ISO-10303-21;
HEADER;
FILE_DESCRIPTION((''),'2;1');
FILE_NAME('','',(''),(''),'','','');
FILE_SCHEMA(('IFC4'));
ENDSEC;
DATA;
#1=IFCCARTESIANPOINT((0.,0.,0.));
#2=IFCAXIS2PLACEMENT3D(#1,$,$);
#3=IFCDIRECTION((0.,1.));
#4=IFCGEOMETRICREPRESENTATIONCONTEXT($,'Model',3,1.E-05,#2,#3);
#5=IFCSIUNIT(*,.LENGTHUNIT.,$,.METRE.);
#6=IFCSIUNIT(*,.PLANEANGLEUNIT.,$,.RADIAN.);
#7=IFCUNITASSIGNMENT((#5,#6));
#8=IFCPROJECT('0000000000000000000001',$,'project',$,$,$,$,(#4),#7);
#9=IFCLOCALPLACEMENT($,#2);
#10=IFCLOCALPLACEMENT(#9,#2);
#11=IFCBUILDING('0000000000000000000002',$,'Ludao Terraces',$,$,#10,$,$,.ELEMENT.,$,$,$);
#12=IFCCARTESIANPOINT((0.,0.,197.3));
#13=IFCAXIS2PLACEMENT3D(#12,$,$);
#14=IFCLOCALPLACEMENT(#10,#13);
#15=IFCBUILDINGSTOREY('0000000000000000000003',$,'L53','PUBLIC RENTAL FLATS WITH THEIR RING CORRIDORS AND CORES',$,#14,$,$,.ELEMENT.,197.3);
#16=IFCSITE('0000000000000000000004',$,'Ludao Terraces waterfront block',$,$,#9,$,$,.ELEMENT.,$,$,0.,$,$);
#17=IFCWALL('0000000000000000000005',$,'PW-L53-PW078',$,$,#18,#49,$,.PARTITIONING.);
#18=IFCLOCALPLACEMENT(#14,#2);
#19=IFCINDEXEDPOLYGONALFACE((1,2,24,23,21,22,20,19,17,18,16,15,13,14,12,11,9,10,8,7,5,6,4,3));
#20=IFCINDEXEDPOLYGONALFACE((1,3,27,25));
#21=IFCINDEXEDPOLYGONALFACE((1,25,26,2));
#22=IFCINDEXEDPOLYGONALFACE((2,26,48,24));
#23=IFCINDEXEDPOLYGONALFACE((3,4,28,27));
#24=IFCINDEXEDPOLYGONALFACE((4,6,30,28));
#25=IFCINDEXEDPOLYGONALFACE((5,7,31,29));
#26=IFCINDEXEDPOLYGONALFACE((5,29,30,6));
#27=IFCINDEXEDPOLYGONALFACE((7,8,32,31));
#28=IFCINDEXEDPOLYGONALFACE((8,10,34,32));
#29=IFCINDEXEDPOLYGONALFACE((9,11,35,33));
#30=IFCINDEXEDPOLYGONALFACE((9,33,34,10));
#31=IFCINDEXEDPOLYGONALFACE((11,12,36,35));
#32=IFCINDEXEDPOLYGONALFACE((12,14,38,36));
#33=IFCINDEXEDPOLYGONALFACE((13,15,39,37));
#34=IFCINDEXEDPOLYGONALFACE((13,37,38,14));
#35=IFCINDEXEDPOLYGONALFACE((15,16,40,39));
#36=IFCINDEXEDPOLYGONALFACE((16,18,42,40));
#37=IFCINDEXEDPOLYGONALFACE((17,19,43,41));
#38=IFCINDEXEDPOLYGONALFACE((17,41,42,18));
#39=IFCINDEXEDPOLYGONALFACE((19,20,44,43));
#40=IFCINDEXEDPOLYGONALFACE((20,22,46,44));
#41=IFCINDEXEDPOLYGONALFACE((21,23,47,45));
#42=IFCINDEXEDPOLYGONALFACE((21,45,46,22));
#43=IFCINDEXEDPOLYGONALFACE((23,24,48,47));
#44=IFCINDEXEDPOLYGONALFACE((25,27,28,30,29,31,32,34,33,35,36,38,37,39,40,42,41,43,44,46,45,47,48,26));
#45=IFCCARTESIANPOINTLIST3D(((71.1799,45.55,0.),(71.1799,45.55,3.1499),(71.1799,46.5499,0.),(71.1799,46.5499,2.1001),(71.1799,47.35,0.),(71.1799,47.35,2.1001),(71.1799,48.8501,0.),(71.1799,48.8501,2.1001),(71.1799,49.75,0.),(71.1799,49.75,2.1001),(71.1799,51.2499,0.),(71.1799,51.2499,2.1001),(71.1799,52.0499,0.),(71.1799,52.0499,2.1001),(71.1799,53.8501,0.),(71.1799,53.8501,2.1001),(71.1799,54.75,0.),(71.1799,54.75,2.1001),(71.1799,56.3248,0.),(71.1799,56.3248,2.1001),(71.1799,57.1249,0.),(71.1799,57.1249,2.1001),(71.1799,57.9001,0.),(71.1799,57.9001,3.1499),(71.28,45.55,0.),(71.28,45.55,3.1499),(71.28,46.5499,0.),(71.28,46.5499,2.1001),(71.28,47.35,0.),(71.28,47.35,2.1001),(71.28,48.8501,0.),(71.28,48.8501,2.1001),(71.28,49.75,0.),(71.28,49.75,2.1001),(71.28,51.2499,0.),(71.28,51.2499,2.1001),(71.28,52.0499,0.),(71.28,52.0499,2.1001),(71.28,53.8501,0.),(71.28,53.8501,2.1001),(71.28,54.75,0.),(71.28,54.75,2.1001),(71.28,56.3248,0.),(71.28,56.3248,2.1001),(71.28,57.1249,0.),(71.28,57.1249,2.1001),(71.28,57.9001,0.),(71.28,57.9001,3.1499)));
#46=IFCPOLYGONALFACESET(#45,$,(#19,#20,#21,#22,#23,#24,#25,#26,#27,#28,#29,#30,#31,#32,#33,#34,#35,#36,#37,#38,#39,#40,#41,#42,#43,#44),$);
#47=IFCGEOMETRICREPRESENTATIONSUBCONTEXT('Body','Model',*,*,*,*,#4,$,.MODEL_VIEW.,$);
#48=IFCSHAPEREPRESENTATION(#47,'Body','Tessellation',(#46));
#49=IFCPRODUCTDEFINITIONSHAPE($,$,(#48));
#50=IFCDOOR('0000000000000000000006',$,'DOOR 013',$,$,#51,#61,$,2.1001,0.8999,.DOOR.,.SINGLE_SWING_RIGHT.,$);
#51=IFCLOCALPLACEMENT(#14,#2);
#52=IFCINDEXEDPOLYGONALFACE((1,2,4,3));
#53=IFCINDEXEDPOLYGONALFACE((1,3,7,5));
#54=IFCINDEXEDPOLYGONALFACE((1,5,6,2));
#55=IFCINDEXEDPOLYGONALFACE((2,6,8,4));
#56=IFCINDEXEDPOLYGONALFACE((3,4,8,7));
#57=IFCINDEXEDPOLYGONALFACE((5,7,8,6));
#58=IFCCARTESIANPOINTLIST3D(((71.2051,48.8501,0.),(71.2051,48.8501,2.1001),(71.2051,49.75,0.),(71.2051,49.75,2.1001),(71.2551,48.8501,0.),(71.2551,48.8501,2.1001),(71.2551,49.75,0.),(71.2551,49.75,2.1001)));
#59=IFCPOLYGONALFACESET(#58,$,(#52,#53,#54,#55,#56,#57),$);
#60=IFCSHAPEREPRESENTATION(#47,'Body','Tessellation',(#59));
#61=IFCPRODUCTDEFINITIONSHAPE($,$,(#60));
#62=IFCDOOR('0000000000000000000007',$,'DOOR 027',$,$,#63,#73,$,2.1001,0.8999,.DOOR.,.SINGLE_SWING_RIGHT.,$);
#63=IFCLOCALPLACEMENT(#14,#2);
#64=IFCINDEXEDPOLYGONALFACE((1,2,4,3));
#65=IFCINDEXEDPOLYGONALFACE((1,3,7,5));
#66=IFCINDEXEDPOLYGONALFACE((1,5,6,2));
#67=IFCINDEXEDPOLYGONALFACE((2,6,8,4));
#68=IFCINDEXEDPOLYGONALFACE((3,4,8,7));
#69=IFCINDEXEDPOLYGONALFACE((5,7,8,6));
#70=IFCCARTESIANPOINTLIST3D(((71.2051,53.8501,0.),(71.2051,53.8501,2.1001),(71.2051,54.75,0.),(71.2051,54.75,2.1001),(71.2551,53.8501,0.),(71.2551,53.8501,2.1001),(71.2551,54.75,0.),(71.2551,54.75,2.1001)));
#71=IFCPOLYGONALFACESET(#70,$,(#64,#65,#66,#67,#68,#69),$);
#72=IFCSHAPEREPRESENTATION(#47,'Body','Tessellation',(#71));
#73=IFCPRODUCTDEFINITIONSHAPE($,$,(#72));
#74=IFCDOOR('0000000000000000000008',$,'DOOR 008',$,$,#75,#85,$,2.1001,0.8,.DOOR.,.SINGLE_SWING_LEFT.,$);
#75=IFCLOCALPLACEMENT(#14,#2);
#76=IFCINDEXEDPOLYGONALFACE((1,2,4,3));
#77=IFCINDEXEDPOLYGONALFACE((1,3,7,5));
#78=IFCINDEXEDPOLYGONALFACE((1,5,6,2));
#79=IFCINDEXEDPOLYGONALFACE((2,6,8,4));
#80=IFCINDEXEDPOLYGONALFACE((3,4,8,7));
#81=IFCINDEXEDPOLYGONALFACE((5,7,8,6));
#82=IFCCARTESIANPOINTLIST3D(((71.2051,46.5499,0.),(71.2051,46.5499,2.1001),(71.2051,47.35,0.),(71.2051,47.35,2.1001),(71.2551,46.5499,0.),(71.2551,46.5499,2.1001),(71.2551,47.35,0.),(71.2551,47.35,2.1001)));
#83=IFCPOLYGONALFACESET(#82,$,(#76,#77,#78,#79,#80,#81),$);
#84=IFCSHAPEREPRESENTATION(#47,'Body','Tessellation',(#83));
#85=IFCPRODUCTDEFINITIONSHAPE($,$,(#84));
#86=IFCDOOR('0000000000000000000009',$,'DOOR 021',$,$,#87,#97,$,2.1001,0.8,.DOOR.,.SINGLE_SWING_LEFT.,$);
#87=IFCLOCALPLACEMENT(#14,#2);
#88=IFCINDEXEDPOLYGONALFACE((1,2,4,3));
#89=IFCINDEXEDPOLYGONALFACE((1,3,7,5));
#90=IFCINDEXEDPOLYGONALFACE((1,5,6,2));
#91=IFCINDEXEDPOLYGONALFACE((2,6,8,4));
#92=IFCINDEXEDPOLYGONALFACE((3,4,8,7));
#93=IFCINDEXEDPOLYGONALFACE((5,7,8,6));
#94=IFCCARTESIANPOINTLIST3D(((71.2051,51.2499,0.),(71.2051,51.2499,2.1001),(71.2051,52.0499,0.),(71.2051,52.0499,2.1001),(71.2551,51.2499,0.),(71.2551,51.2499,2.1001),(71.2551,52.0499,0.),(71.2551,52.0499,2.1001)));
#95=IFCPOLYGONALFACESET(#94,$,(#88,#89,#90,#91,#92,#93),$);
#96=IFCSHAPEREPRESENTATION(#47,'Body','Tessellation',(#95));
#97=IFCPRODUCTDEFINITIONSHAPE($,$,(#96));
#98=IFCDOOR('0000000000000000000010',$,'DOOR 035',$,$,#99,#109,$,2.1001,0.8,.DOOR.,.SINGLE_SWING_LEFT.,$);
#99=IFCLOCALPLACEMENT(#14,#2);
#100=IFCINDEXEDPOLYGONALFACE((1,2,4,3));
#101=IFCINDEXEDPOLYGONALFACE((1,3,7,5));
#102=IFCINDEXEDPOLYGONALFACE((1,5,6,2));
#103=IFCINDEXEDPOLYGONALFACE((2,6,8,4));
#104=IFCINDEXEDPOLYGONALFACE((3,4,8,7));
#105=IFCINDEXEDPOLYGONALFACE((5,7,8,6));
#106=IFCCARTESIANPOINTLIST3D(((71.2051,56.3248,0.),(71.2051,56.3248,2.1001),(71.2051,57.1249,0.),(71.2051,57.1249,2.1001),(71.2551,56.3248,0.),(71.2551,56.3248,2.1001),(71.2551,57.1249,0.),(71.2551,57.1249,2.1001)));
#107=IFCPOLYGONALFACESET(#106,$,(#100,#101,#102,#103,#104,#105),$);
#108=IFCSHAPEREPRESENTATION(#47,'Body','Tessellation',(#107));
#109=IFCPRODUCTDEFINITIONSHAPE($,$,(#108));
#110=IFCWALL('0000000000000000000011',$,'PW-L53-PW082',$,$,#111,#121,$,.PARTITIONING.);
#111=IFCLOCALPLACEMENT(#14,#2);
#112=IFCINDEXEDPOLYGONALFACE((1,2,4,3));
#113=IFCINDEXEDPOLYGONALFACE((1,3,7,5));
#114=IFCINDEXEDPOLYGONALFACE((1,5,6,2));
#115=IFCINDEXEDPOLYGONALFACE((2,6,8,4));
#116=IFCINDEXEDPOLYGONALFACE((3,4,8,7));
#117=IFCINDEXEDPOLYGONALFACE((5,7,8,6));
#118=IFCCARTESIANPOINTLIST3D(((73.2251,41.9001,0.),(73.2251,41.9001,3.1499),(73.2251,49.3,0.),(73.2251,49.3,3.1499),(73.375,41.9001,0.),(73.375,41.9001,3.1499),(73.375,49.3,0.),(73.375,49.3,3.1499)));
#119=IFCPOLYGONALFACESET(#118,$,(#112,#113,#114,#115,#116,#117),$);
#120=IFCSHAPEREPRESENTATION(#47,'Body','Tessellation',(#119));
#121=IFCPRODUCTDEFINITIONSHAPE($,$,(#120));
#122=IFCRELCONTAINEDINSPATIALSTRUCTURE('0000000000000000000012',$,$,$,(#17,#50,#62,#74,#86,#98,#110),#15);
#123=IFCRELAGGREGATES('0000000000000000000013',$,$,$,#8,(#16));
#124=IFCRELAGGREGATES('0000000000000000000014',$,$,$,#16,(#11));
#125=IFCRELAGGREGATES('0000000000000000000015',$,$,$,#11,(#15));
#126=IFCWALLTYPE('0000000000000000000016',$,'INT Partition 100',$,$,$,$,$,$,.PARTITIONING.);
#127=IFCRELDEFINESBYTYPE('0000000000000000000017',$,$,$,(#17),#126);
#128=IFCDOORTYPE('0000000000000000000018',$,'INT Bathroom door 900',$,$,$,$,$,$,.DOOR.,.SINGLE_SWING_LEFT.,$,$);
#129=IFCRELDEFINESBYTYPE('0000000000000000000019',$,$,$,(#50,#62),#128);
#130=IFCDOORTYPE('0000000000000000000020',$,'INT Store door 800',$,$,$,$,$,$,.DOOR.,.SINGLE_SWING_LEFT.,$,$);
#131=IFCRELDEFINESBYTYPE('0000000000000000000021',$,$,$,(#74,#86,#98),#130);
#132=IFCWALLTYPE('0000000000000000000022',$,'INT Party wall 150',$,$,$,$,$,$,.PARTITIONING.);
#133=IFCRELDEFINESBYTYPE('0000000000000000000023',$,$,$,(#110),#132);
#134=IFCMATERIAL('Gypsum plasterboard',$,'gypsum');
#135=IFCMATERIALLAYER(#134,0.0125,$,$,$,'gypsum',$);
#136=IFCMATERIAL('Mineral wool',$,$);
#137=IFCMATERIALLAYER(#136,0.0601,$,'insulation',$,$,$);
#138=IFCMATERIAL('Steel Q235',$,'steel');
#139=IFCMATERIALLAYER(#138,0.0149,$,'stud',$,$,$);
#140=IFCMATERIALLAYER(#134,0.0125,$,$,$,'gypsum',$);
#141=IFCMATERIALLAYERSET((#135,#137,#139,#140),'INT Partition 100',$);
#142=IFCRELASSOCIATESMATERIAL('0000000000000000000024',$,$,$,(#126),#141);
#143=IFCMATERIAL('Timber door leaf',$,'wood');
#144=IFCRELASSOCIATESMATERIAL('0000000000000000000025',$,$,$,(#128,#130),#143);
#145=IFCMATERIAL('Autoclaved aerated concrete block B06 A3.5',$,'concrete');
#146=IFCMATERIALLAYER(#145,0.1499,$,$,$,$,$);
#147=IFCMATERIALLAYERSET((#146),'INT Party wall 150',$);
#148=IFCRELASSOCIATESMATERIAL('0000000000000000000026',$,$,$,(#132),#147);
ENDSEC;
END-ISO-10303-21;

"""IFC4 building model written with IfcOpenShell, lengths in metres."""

from ifc_helpers import new_model, si_unit, direction, frame, frame_2d, origin, place, context, subcontext, project, spatial, rectangle, extrude, material, layer, layer_set, type_object, element, fill, save


model = new_model("IFC4")

# Units and contexts
model_context = context("Model", 3, precision=1e-05, world=origin(), true_north=direction((0.0, 1.0)))
body_context = subcontext(model_context, "Body", "Model", "MODEL_VIEW")
ifc_project = project(units=[si_unit("LENGTHUNIT", "METRE"), si_unit("PLANEANGLEUNIT", "RADIAN")], contexts=[model_context])

# Site, building, storey
site_placement = place(None, origin())
site = spatial("IfcSite", under=ifc_project, at=site_placement, Name="Ludao Terraces waterfront block", CompositionType="ELEMENT", RefElevation=0.0)
building_placement = place(site_placement, origin())
building = spatial("IfcBuilding", under=site, at=building_placement, Name="Ludao Terraces", CompositionType="ELEMENT")
storey_placement = place(building_placement, frame((0.0, 0.0, 197.3)))
storey = spatial("IfcBuildingStorey", under=building, at=storey_placement, Name="L53", Description="PUBLIC RENTAL FLATS WITH THEIR RING CORRIDORS AND CORES", CompositionType="ELEMENT", Elevation=197.3)

# Shared definitions
ifc_material_1 = material(Name="Autoclaved aerated concrete block B06 A3.5", Category="concrete")
ifc_material_2 = material(Name="Timber door leaf", Category="wood")

# Shared definitions
ifc_material_3 = material(Name="Gypsum plasterboard", Category="gypsum")
ifc_layer_1 = layer(ifc_material_3, 0.0125, Category="gypsum")
ifc_material_4 = material(Name="Mineral wool")
ifc_layer_2 = layer(ifc_material_4, 0.0601, Name="insulation")
ifc_material_5 = material(Name="Steel Q235", Category="steel")
ifc_layer_3 = layer(ifc_material_5, 0.0149, Name="stud")
ifc_layer_4 = layer(ifc_material_3, 0.0125, Category="gypsum")
ifc_layer_set_1 = layer_set([ifc_layer_1, ifc_layer_2, ifc_layer_3, ifc_layer_4], Name="INT Partition 100")
wall_type_1 = type_object("IfcWallType", Name="INT Partition 100", PredefinedType="PARTITIONING", material=ifc_layer_set_1)

# Wall, openings, doors
wall_1_placement = place(storey_placement, frame((71.23, 45.55, 0.0), z_axis=(0.0, 0.0, 1.0), x_axis=(0.0, 1.0, 0.0)))
wall_1 = element("IfcWall", 1, at=wall_1_placement, inside=storey, type_object=wall_type_1, Name="PW-L53-PW078", PredefinedType="PARTITIONING", context=body_context, shape_type="SweptSolid", body=[
    extrude(rectangle(XDim=12.3501, YDim=0.1001, at=frame_2d((6.175, 0.0))), origin(), (0.0, 0.0, 1.0), 3.1499),
])
opening_1_placement = place(wall_1_placement, frame((1.0, 0.0, 0.0)))
opening_1 = element("IfcOpeningElement", 2, at=opening_1_placement, cuts=wall_1, PredefinedType="OPENING", context=body_context, shape_type="SweptSolid", body=[
    extrude(rectangle(XDim=0.8, YDim=2.1001, at=frame_2d((0.3999, 1.05))), frame((0.0, 0.0601, 0.0), z_axis=(0.0, -1.0, 0.0), x_axis=(1.0, 0.0, 0.0)), (0.0, 0.0, 1.0), 0.1201),
])
opening_2_placement = place(wall_1_placement, frame((3.3, 0.0, 0.0)))
opening_2 = element("IfcOpeningElement", 3, at=opening_2_placement, cuts=wall_1, PredefinedType="OPENING", context=body_context, shape_type="SweptSolid", body=[
    extrude(rectangle(XDim=0.8999, YDim=2.1001, at=frame_2d((0.45, 1.05))), frame((0.0, 0.0601, 0.0), z_axis=(0.0, -1.0, 0.0), x_axis=(1.0, 0.0, 0.0)), (0.0, 0.0, 1.0), 0.1201),
])
opening_3_placement = place(wall_1_placement, frame((5.7, 0.0, 0.0)))
opening_3 = element("IfcOpeningElement", 4, at=opening_3_placement, cuts=wall_1, PredefinedType="OPENING", context=body_context, shape_type="SweptSolid", body=[
    extrude(rectangle(XDim=0.8, YDim=2.1001, at=frame_2d((0.3999, 1.05))), frame((0.0, 0.0601, 0.0), z_axis=(0.0, -1.0, 0.0), x_axis=(1.0, 0.0, 0.0)), (0.0, 0.0, 1.0), 0.1201),
])
opening_4_placement = place(wall_1_placement, frame((8.3, 0.0, 0.0)))
opening_4 = element("IfcOpeningElement", 5, at=opening_4_placement, cuts=wall_1, PredefinedType="OPENING", context=body_context, shape_type="SweptSolid", body=[
    extrude(rectangle(XDim=0.8999, YDim=2.1001, at=frame_2d((0.45, 1.05))), frame((0.0, 0.0601, 0.0), z_axis=(0.0, -1.0, 0.0), x_axis=(1.0, 0.0, 0.0)), (0.0, 0.0, 1.0), 0.1201),
])
opening_5_placement = place(wall_1_placement, frame((10.7749, 0.0, 0.0)))
opening_5 = element("IfcOpeningElement", 6, at=opening_5_placement, cuts=wall_1, PredefinedType="OPENING", context=body_context, shape_type="SweptSolid", body=[
    extrude(rectangle(XDim=0.8, YDim=2.1001, at=frame_2d((0.3999, 1.05))), frame((0.0, 0.0601, 0.0), z_axis=(0.0, -1.0, 0.0), x_axis=(1.0, 0.0, 0.0)), (0.0, 0.0, 1.0), 0.1201),
])
door_type_1 = type_object("IfcDoorType", Name="INT Bathroom door 900", OperationType="SINGLE_SWING_LEFT", PredefinedType="DOOR", material=ifc_material_2)
door_1_placement = place(opening_2_placement, origin())
door_1 = element("IfcDoor", 7, at=door_1_placement, inside=storey, type_object=door_type_1, Name="DOOR 013", OperationType="SINGLE_SWING_RIGHT", OverallHeight=2.1001, OverallWidth=0.8999, PredefinedType="DOOR", context=body_context, shape_type="SweptSolid", body=[
    extrude(rectangle(XDim=0.8999, YDim=2.1001, at=frame_2d((0.45, 1.05))), frame((0.0, 0.0249, 0.0), z_axis=(0.0, -1.0, 0.0), x_axis=(1.0, 0.0, 0.0)), (0.0, 0.0, 1.0), 0.05),
])
fill(opening_2, door_1)
door_2_placement = place(opening_4_placement, origin())
door_2 = element("IfcDoor", 8, at=door_2_placement, inside=storey, type_object=door_type_1, Name="DOOR 027", OperationType="SINGLE_SWING_RIGHT", OverallHeight=2.1001, OverallWidth=0.8999, PredefinedType="DOOR", context=body_context, shape_type="SweptSolid", body=[
    extrude(rectangle(XDim=0.8999, YDim=2.1001, at=frame_2d((0.45, 1.05))), frame((0.0, 0.0249, 0.0), z_axis=(0.0, -1.0, 0.0), x_axis=(1.0, 0.0, 0.0)), (0.0, 0.0, 1.0), 0.05),
])
fill(opening_4, door_2)
door_type_2 = type_object("IfcDoorType", Name="INT Store door 800", OperationType="SINGLE_SWING_LEFT", PredefinedType="DOOR", material=ifc_material_2)
door_3_placement = place(opening_1_placement, origin())
door_3 = element("IfcDoor", 9, at=door_3_placement, inside=storey, type_object=door_type_2, Name="DOOR 008", OperationType="SINGLE_SWING_LEFT", OverallHeight=2.1001, OverallWidth=0.8, PredefinedType="DOOR", context=body_context, shape_type="SweptSolid", body=[
    extrude(rectangle(XDim=0.8, YDim=2.1001, at=frame_2d((0.3999, 1.05))), frame((0.0, 0.0249, 0.0), z_axis=(0.0, -1.0, 0.0), x_axis=(1.0, 0.0, 0.0)), (0.0, 0.0, 1.0), 0.05),
])
fill(opening_1, door_3)
door_4_placement = place(opening_3_placement, origin())
door_4 = element("IfcDoor", 10, at=door_4_placement, inside=storey, type_object=door_type_2, Name="DOOR 021", OperationType="SINGLE_SWING_LEFT", OverallHeight=2.1001, OverallWidth=0.8, PredefinedType="DOOR", context=body_context, shape_type="SweptSolid", body=[
    extrude(rectangle(XDim=0.8, YDim=2.1001, at=frame_2d((0.3999, 1.05))), frame((0.0, 0.0249, 0.0), z_axis=(0.0, -1.0, 0.0), x_axis=(1.0, 0.0, 0.0)), (0.0, 0.0, 1.0), 0.05),
])
fill(opening_3, door_4)
door_5_placement = place(opening_5_placement, origin())
door_5 = element("IfcDoor", 11, at=door_5_placement, inside=storey, type_object=door_type_2, Name="DOOR 035", OperationType="SINGLE_SWING_LEFT", OverallHeight=2.1001, OverallWidth=0.8, PredefinedType="DOOR", context=body_context, shape_type="SweptSolid", body=[
    extrude(rectangle(XDim=0.8, YDim=2.1001, at=frame_2d((0.3999, 1.05))), frame((0.0, 0.0249, 0.0), z_axis=(0.0, -1.0, 0.0), x_axis=(1.0, 0.0, 0.0)), (0.0, 0.0, 1.0), 0.05),
])
fill(opening_5, door_5)

# Wall
ifc_layer_5 = layer(ifc_material_1, 0.1499)
ifc_layer_set_2 = layer_set([ifc_layer_5], Name="INT Party wall 150")
wall_type_2 = type_object("IfcWallType", Name="INT Party wall 150", PredefinedType="PARTITIONING", material=ifc_layer_set_2)
wall_2_placement = place(storey_placement, frame((73.3, 41.9001, 0.0), z_axis=(0.0, 0.0, 1.0), x_axis=(0.0, 1.0, 0.0)))
element("IfcWall", 12, at=wall_2_placement, inside=storey, type_object=wall_type_2, Name="PW-L53-PW082", PredefinedType="PARTITIONING", context=body_context, shape_type="SweptSolid", body=[
    extrude(rectangle(XDim=7.3999, YDim=0.1499, at=frame_2d((3.7, 0.0))), origin(), (0.0, 0.0, 1.0), 3.1499),
])

save(model, "model.ifc")
